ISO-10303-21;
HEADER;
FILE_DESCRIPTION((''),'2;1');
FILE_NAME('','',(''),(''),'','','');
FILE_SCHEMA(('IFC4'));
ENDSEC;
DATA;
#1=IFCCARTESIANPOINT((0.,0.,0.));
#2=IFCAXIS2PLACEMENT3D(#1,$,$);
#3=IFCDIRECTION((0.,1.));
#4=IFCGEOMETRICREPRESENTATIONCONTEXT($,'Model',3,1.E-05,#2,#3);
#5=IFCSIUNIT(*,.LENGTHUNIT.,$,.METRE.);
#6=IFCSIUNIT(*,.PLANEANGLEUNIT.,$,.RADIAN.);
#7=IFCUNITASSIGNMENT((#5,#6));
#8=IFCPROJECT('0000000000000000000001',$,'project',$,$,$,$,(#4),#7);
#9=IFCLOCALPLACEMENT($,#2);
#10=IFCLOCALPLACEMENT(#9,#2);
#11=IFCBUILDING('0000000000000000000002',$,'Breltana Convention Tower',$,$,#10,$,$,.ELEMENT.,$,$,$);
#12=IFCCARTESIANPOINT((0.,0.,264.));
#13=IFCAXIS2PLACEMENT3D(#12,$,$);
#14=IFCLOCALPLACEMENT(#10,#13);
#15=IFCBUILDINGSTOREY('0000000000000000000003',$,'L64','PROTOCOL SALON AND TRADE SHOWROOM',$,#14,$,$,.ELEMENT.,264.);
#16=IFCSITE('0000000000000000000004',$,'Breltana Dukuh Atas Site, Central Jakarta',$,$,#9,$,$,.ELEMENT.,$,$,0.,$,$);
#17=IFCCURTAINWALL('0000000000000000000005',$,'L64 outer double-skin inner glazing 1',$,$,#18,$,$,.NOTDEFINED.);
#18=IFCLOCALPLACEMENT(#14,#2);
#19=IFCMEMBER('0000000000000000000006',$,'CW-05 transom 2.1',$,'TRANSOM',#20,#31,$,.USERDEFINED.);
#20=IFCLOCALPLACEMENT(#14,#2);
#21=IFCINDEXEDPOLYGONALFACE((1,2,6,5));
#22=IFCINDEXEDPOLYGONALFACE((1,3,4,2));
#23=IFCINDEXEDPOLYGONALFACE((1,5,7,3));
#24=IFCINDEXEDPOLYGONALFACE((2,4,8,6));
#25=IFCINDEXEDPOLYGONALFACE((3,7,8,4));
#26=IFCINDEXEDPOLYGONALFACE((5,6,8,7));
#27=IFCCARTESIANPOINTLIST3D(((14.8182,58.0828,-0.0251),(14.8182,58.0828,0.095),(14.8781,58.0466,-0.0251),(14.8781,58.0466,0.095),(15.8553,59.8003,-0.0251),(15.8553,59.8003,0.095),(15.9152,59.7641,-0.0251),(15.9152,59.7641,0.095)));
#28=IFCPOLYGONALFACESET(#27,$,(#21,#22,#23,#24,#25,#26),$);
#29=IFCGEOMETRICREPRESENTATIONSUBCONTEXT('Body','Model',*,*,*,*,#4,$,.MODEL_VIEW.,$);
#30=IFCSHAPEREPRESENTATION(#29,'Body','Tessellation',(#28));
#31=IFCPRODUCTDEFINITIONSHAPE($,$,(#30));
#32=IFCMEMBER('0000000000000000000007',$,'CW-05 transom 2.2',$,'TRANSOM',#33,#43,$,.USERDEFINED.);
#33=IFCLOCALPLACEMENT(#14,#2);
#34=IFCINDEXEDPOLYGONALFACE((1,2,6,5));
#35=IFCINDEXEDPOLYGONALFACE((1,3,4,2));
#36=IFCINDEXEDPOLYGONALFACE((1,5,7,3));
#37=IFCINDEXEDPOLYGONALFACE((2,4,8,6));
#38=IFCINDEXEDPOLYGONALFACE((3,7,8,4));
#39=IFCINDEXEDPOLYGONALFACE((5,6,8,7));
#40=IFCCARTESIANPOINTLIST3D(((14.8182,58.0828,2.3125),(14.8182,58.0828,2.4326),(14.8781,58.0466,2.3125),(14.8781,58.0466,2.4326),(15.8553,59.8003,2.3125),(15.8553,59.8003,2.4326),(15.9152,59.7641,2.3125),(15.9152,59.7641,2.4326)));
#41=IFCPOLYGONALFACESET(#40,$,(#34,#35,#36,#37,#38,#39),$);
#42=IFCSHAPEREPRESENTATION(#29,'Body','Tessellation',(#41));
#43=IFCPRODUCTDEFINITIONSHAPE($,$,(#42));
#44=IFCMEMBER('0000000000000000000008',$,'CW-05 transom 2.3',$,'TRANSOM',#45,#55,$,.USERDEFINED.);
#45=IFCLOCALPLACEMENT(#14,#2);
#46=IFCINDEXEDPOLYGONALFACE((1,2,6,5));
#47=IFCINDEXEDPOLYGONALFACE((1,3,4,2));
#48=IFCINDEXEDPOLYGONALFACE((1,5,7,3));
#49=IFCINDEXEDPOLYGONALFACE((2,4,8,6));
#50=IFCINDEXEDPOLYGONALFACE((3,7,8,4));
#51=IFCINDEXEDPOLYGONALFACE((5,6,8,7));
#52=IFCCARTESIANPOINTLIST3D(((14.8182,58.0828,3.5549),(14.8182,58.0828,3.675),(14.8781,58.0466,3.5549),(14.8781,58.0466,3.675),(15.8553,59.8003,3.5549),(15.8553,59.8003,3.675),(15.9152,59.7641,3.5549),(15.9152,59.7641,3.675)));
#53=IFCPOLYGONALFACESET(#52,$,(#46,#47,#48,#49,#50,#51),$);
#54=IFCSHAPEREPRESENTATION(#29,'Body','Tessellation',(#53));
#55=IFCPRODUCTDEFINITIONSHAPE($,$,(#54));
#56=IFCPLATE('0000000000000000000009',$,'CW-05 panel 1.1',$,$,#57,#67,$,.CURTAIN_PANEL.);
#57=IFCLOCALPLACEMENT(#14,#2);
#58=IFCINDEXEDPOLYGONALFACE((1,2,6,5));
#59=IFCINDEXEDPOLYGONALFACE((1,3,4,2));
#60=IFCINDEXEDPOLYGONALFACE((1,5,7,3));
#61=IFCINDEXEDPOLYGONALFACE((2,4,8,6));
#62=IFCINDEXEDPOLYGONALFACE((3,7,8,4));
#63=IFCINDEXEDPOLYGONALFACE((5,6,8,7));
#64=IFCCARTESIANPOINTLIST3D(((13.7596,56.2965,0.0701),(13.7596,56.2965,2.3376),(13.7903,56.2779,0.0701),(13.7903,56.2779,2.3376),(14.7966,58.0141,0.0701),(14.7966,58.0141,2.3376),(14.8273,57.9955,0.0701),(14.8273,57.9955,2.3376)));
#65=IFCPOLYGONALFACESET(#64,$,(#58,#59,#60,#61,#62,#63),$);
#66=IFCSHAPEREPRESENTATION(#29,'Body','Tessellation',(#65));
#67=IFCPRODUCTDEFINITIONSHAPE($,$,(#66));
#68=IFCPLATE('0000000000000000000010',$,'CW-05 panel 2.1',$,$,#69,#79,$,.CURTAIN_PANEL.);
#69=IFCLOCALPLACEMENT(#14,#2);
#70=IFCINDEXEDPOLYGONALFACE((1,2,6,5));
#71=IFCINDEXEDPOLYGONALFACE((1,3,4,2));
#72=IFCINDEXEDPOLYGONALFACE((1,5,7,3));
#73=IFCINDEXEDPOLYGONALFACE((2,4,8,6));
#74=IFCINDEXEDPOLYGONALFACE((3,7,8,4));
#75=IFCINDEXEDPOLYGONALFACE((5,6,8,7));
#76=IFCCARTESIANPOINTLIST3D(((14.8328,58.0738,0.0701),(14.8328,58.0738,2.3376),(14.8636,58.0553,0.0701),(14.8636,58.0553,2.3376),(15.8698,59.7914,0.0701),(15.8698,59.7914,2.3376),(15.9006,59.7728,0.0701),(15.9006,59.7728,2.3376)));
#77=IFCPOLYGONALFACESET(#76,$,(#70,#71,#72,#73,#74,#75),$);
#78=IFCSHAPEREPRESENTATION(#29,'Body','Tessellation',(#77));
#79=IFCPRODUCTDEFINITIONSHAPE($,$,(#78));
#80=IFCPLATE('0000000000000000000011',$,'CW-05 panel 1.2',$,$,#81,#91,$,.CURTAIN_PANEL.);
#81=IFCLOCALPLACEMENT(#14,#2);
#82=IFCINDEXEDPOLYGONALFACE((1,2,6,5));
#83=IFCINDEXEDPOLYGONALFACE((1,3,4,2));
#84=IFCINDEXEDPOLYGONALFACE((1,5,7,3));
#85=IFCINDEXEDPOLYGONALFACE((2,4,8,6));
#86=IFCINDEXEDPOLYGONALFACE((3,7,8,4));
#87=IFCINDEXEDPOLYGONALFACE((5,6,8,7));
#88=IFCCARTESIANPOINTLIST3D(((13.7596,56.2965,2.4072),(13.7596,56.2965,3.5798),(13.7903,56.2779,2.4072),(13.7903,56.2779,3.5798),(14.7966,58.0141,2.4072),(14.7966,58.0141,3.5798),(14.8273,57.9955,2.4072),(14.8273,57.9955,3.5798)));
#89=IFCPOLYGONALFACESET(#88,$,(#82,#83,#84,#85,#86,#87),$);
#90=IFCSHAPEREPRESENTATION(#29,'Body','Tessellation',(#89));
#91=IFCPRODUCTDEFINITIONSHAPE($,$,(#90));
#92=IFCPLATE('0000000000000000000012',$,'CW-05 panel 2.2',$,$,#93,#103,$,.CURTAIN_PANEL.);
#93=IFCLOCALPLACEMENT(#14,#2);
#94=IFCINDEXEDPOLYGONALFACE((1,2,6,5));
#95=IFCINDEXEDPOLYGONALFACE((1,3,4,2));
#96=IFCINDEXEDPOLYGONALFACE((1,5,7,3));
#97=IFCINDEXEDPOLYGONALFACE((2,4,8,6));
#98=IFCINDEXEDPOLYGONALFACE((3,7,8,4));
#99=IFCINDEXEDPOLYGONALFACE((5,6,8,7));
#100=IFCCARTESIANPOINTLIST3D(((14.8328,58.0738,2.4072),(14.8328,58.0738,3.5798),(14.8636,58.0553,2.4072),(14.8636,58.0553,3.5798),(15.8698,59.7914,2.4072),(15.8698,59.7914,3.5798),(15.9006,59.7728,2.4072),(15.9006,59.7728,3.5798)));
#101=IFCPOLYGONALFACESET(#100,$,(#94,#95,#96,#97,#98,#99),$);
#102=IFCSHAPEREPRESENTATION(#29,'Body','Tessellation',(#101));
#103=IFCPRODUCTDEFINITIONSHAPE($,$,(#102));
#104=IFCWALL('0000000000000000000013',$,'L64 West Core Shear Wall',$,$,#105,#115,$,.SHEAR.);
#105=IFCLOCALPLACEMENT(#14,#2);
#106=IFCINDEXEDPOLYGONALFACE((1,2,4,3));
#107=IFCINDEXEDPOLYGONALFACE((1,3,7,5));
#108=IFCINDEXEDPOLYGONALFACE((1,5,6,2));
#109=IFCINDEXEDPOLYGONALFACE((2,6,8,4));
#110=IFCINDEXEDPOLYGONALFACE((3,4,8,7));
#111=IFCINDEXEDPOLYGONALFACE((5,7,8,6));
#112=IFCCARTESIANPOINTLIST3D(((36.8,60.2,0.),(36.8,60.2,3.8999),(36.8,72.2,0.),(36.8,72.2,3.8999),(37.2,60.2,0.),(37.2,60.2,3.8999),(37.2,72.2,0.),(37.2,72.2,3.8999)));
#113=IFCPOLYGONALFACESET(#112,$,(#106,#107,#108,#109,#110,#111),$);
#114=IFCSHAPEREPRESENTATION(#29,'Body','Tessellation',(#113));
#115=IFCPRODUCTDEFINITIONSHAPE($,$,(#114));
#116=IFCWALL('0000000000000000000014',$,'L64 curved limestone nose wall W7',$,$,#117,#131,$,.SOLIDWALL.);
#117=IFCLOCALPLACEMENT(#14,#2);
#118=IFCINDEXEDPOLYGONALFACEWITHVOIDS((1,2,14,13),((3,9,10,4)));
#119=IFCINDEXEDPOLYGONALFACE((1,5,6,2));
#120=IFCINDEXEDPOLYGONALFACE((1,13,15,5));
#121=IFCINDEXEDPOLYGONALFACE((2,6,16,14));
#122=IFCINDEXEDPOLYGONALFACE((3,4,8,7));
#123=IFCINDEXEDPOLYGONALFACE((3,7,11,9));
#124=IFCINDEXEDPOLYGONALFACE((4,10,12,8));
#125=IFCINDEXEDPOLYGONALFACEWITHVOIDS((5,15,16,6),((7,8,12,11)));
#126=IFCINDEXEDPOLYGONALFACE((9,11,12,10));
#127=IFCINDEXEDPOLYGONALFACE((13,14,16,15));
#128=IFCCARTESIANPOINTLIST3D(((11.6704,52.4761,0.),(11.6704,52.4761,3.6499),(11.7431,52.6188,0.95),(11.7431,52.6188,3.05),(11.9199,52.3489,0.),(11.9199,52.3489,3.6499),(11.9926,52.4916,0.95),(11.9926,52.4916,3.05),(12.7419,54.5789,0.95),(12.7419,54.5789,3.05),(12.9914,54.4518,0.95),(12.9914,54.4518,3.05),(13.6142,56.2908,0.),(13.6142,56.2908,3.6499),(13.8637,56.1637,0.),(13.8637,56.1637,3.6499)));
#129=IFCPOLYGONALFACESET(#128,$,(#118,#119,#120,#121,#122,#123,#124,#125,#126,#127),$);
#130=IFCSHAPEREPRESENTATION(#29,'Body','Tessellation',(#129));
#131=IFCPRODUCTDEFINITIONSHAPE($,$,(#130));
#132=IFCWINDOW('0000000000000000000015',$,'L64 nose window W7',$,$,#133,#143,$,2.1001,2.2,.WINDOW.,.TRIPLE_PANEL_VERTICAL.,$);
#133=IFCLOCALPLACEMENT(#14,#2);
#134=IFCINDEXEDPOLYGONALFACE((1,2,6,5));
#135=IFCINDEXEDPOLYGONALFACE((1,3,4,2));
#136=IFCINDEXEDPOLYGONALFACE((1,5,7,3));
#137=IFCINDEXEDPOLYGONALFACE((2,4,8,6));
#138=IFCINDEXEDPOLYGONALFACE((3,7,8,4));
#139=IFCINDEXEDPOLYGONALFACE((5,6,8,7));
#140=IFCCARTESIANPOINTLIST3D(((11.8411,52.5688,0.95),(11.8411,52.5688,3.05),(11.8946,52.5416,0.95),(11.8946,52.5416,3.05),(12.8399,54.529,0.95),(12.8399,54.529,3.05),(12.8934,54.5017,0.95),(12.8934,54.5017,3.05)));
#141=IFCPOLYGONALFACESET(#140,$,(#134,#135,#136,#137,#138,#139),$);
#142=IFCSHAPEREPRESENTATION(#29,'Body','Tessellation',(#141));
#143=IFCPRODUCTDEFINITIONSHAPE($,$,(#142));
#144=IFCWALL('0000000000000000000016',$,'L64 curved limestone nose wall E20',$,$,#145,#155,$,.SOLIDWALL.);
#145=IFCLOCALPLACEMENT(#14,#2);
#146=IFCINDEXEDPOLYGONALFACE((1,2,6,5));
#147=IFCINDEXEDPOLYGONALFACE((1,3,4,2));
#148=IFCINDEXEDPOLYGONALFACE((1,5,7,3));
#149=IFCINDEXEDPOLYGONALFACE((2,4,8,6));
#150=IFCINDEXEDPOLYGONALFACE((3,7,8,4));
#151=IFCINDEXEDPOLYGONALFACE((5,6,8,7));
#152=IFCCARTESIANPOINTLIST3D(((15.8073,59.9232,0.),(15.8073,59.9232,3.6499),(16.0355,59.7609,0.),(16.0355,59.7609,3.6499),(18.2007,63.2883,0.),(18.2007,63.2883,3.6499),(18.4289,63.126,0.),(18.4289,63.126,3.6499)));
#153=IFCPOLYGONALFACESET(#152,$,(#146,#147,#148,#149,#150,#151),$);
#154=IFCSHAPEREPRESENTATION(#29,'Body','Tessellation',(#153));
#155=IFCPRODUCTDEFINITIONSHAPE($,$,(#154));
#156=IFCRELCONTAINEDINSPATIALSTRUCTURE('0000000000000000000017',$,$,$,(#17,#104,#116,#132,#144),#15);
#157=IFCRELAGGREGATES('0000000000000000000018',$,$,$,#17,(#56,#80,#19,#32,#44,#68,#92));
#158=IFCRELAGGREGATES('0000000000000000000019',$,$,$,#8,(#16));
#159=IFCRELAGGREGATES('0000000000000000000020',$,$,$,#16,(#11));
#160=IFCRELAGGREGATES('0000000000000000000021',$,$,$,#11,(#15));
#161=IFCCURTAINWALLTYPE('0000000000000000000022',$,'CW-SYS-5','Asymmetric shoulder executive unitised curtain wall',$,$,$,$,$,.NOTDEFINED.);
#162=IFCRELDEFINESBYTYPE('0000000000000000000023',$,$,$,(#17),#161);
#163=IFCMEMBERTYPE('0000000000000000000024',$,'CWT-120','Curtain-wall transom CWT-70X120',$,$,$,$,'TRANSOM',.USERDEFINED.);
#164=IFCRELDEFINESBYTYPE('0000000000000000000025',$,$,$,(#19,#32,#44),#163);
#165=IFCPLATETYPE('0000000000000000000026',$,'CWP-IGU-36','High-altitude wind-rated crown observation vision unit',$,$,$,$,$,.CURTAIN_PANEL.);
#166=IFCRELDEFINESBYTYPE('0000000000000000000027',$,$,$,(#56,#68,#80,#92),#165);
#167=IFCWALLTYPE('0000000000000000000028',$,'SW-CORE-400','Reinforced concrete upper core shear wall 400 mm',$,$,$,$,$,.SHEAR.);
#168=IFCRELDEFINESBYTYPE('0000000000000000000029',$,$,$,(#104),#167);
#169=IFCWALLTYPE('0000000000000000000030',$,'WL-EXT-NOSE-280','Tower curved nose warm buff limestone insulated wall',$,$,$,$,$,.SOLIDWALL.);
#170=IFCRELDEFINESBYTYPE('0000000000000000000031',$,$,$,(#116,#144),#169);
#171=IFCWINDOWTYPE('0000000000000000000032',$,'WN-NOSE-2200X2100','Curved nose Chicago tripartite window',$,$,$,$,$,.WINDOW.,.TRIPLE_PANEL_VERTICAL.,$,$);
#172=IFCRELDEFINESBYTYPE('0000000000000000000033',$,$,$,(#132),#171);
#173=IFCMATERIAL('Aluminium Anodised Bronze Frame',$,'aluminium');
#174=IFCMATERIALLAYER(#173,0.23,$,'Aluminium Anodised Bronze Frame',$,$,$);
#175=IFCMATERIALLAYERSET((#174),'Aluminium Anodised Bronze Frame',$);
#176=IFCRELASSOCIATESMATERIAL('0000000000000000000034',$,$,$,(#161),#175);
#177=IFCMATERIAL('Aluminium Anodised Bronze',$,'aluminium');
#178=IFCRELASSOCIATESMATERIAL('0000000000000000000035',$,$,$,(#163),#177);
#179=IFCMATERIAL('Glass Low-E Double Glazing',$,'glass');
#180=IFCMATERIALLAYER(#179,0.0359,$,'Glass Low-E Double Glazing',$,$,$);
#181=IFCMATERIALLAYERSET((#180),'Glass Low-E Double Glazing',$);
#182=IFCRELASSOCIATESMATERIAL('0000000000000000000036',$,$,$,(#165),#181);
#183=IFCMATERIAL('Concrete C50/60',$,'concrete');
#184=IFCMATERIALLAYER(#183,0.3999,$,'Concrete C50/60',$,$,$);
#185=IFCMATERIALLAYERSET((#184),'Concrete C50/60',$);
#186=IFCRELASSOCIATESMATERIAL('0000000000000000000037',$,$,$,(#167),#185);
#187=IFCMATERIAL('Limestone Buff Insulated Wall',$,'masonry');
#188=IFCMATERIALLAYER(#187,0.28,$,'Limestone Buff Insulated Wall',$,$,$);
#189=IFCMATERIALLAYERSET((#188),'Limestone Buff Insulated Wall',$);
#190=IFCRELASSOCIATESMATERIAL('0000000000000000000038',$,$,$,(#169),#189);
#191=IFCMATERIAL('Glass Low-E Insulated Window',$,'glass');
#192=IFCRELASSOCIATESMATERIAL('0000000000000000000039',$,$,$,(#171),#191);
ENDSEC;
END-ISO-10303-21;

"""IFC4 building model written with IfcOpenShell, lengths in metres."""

from ifc_helpers import new_model, si_unit, direction, frame, frame_2d, origin, origin_2d, place, context, subcontext, project, spatial, rectangle, extrude, source, transform, mapped, material, layer, layer_set, material_profile, profile_set, type_object, type_shapes, element, fill, aggregate, save


model = new_model("IFC4")

# Units and contexts
model_context = context("Model", 3, precision=1e-05, world=origin(), true_north=direction((0.0, 1.0)))
body_context = subcontext(model_context, "Body", "Model", "MODEL_VIEW")
ifc_project = project(units=[si_unit("LENGTHUNIT", "METRE"), si_unit("PLANEANGLEUNIT", "RADIAN")], contexts=[model_context])

# Site, building, storey
site_placement = place(None, origin())
site = spatial("IfcSite", under=ifc_project, at=site_placement, Name="Breltana Dukuh Atas Site, Central Jakarta", CompositionType="ELEMENT", RefElevation=0.0)
building_placement = place(site_placement, origin())
building = spatial("IfcBuilding", under=site, at=building_placement, Name="Breltana Convention Tower", CompositionType="ELEMENT")
storey_placement = place(building_placement, frame((0.0, 0.0, 264.0)))
storey = spatial("IfcBuildingStorey", under=building, at=storey_placement, Name="L64", Description="PROTOCOL SALON AND TRADE SHOWROOM", CompositionType="ELEMENT", Elevation=264.0)

# Shared definitions
ifc_material_1 = material(Name="Concrete C50/60", Category="concrete")

# Curtain wall, members, plates
ifc_material_2 = material(Name="Aluminium Anodised Bronze Frame", Category="aluminium")
ifc_layer_1 = layer(ifc_material_2, 0.23, Name="Aluminium Anodised Bronze Frame")
ifc_layer_set_1 = layer_set([ifc_layer_1], Name="Aluminium Anodised Bronze Frame")
curtain_wall_type = type_object("IfcCurtainWallType", Name="CW-SYS-5", Description="Asymmetric shoulder executive unitised curtain wall", PredefinedType="NOTDEFINED", material=ifc_layer_set_1)
curtain_wall_placement = place(storey_placement, origin())
curtain_wall = element("IfcCurtainWall", 1, at=curtain_wall_placement, inside=storey, type_object=curtain_wall_type, Name="L64 outer double-skin inner glazing 1", PredefinedType="NOTDEFINED")
ifc_material_3 = material(Name="Aluminium Anodised Bronze", Category="aluminium")
ifc_material_profile_1 = material_profile(ifc_material_3, rectangle(XDim=0.0701, YDim=0.1201, at=origin_2d()), Name="CWT-70X120")
ifc_profile_set_1 = profile_set([ifc_material_profile_1], Name="Aluminium Anodised Bronze")
member_type_1 = type_object("IfcMemberType", Name="CWT-120", Description="Curtain-wall transom CWT-70X120", ElementType="TRANSOM", PredefinedType="USERDEFINED", material=ifc_profile_set_1)
shared_shape_1 = source(origin(), body_context, "Body", "SweptSolid", [
    extrude(rectangle(XDim=0.0701, YDim=0.1201, at=origin_2d()), origin(), (0.0, 0.0, 1.0), 2.0063),
])
member_1_placement = place(storey_placement, frame((14.8481, 58.0647, 0.0349), z_axis=(0.516909, 0.85604, 0.0), x_axis=(-0.85604, 0.516909, 0.0)))
member_1 = element("IfcMember", 2, at=member_1_placement, type_object=member_type_1, Name="CW-05 transom 2.1", ObjectType="TRANSOM", PredefinedType="USERDEFINED", context=body_context, shape_type="MappedRepresentation", body=[
    mapped(shared_shape_1, transform((0.0, 0.0, 0.0), scale=1.0)),
])
member_2_placement = place(storey_placement, frame((14.8481, 58.0647, 2.3726), z_axis=(0.516909, 0.85604, 0.0), x_axis=(-0.85604, 0.516909, 0.0)))
member_2 = element("IfcMember", 3, at=member_2_placement, type_object=member_type_1, Name="CW-05 transom 2.2", ObjectType="TRANSOM", PredefinedType="USERDEFINED", context=body_context, shape_type="MappedRepresentation", body=[
    mapped(shared_shape_1, transform((0.0, 0.0, 0.0), scale=1.0)),
])
member_3_placement = place(storey_placement, frame((14.8481, 58.0647, 3.615), z_axis=(0.516909, 0.85604, 0.0), x_axis=(-0.85604, 0.516909, 0.0)))
member_3 = element("IfcMember", 4, at=member_3_placement, type_object=member_type_1, Name="CW-05 transom 2.3", ObjectType="TRANSOM", PredefinedType="USERDEFINED", context=body_context, shape_type="MappedRepresentation", body=[
    mapped(shared_shape_1, transform((0.0, 0.0, 0.0), scale=1.0)),
])
ifc_material_4 = material(Name="Glass Low-E Double Glazing", Category="glass")
ifc_layer_2 = layer(ifc_material_4, 0.0359, Name="Glass Low-E Double Glazing")
ifc_layer_set_2 = layer_set([ifc_layer_2], Name="Glass Low-E Double Glazing")
plate_type = type_object("IfcPlateType", Name="CWP-IGU-36", Description="High-altitude wind-rated crown observation vision unit", PredefinedType="CURTAIN_PANEL", material=ifc_layer_set_2)
shared_shape_2 = source(origin(), body_context, "Body", "SweptSolid", [
    extrude(rectangle(XDim=2.0063, YDim=0.0359, at=origin_2d()), origin(), (0.0, 0.0, 1.0), 2.2676),
])
plate_1_placement = place(storey_placement, frame((14.2935, 57.146, 0.0701), z_axis=(0.0, 0.0, 1.0), x_axis=(0.516865, 0.856067, 0.0)))
plate_1 = element("IfcPlate", 5, at=plate_1_placement, type_object=plate_type, Name="CW-05 panel 1.1", PredefinedType="CURTAIN_PANEL", context=body_context, shape_type="MappedRepresentation", body=[
    mapped(shared_shape_2, transform((0.0, 0.0, 0.0), scale=1.0)),
])
plate_2_placement = place(storey_placement, frame((15.3667, 58.9233, 0.0701), z_axis=(0.0, 0.0, 1.0), x_axis=(0.516865, 0.856067, 0.0)))
plate_2 = element("IfcPlate", 6, at=plate_2_placement, type_object=plate_type, Name="CW-05 panel 2.1", PredefinedType="CURTAIN_PANEL", context=body_context, shape_type="MappedRepresentation", body=[
    mapped(shared_shape_2, transform((0.0, 0.0, 0.0), scale=1.0)),
])
shared_shape_3 = source(origin(), body_context, "Body", "SweptSolid", [
    extrude(rectangle(XDim=2.0063, YDim=0.0359, at=origin_2d()), origin(), (0.0, 0.0, 1.0), 1.1726),
])
plate_3_placement = place(storey_placement, frame((14.2935, 57.146, 2.4072), z_axis=(0.0, 0.0, 1.0), x_axis=(0.516865, 0.856067, 0.0)))
plate_3 = element("IfcPlate", 7, at=plate_3_placement, type_object=plate_type, Name="CW-05 panel 1.2", PredefinedType="CURTAIN_PANEL", context=body_context, shape_type="MappedRepresentation", body=[
    mapped(shared_shape_3, transform((0.0, 0.0, 0.0), scale=1.0)),
])
plate_4_placement = place(storey_placement, frame((15.3667, 58.9233, 2.4072), z_axis=(0.0, 0.0, 1.0), x_axis=(0.516865, 0.856067, 0.0)))
plate_4 = element("IfcPlate", 8, at=plate_4_placement, type_object=plate_type, Name="CW-05 panel 2.2", PredefinedType="CURTAIN_PANEL", context=body_context, shape_type="MappedRepresentation", body=[
    mapped(shared_shape_3, transform((0.0, 0.0, 0.0), scale=1.0)),
])
aggregate(curtain_wall, [plate_1, plate_3, member_1, member_2, member_3, plate_2, plate_4])

# Wall
ifc_layer_3 = layer(ifc_material_1, 0.3999, Name="Concrete C50/60")
ifc_layer_set_3 = layer_set([ifc_layer_3], Name="Concrete C50/60")
wall_type_1 = type_object("IfcWallType", Name="SW-CORE-400", Description="Reinforced concrete upper core shear wall 400 mm", PredefinedType="SHEAR", material=ifc_layer_set_3)
shared_shape_4 = source(origin(), body_context, "Body", "SweptSolid", [
    extrude(rectangle(XDim=12.0, YDim=0.3999, at=frame_2d((6.0, 0.0))), origin(), (0.0, 0.0, 1.0), 3.8999),
])
wall_1_placement = place(storey_placement, frame((37.0, 60.2, 0.0), z_axis=(0.0, 0.0, 1.0), x_axis=(0.0, 1.0, 0.0)))
element("IfcWall", 9, at=wall_1_placement, inside=storey, type_object=wall_type_1, Name="L64 West Core Shear Wall", PredefinedType="SHEAR", context=body_context, shape_type="MappedRepresentation", body=[
    mapped(shared_shape_4, transform((0.0, 0.0, 0.0), scale=1.0)),
])

# Wall, opening, window
ifc_material_5 = material(Name="Limestone Buff Insulated Wall", Category="masonry")
ifc_layer_4 = layer(ifc_material_5, 0.28, Name="Limestone Buff Insulated Wall")
ifc_layer_set_4 = layer_set([ifc_layer_4], Name="Limestone Buff Insulated Wall")
wall_type_2 = type_object("IfcWallType", Name="WL-EXT-NOSE-280", Description="Tower curved nose warm buff limestone insulated wall", PredefinedType="SOLIDWALL", material=ifc_layer_set_4)
shared_shape_5 = source(origin(), body_context, "Body", "SweptSolid", [
    extrude(rectangle(XDim=4.2815, YDim=0.28, at=frame_2d((2.1406, 0.0))), origin(), (0.0, 0.0, 1.0), 3.6499),
])
wall_2_placement = place(storey_placement, frame((11.7952, 52.4126, 0.0), z_axis=(0.0, 0.0, 1.0), x_axis=(0.454021, 0.890991, 0.0)))
wall_2 = element("IfcWall", 10, at=wall_2_placement, inside=storey, type_object=wall_type_2, Name="L64 curved limestone nose wall W7", PredefinedType="SOLIDWALL", context=body_context, shape_type="MappedRepresentation", body=[
    mapped(shared_shape_5, transform((0.0, 0.0, 0.0), scale=1.0)),
])
opening_1_placement = place(wall_2_placement, frame((0.1599, 0.0, 0.95)))
opening_1 = element("IfcOpeningElement", 11, at=opening_1_placement, cuts=wall_2, PredefinedType="OPENING", context=body_context, shape_type="SweptSolid", body=[
    extrude(rectangle(XDim=2.2, YDim=2.1001, at=frame_2d((1.1001, 1.05))), frame((0.0, 0.1499, 0.0), z_axis=(0.0, -1.0, 0.0), x_axis=(1.0, 0.0, 0.0)), (0.0, 0.0, 1.0), 0.3),
])
ifc_material_6 = material(Name="Glass Low-E Insulated Window", Category="glass")
window_type = type_object("IfcWindowType", Name="WN-NOSE-2200X2100", Description="Curved nose Chicago tripartite window", PartitioningType="TRIPLE_PANEL_VERTICAL", PredefinedType="WINDOW", material=ifc_material_6)
shared_shape_6 = source(origin(), body_context, "Body", "SweptSolid", [
    extrude(rectangle(XDim=2.2, YDim=2.1001, at=frame_2d((1.1001, 1.05))), frame((0.0, 0.03, 0.0), z_axis=(0.0, -1.0, 0.0), x_axis=(1.0, 0.0, 0.0)), (0.0, 0.0, 1.0), 0.0601),
])
type_shapes(window_type, [shared_shape_6])
window_placement = place(opening_1_placement, origin())
window = element("IfcWindow", 12, at=window_placement, inside=storey, type_object=window_type, Name="L64 nose window W7", OverallHeight=2.1001, OverallWidth=2.2, PartitioningType="TRIPLE_PANEL_VERTICAL", PredefinedType="WINDOW", context=body_context, shape_type="MappedRepresentation", body=[
    mapped(shared_shape_6, transform((0.0, 0.0, 0.0), scale=1.0)),
])
fill(opening_1, window)

# Wall
shared_shape_7 = source(origin(), body_context, "Body", "SweptSolid", [
    extrude(rectangle(XDim=4.1294, YDim=0.28, at=frame_2d((2.0647, 0.0))), origin(), (0.0, 0.0, 1.0), 3.6499),
])
wall_3_placement = place(storey_placement, frame((15.9214, 59.842, 0.0), z_axis=(0.0, 0.0, 1.0), x_axis=(0.579593, 0.814906, 0.0)))
element("IfcWall", 13, at=wall_3_placement, inside=storey, type_object=wall_type_2, Name="L64 curved limestone nose wall E20", PredefinedType="SOLIDWALL", context=body_context, shape_type="MappedRepresentation", body=[
    mapped(shared_shape_7, transform((0.0, 0.0, 0.0), scale=1.0)),
])

save(model, "model.ifc")
